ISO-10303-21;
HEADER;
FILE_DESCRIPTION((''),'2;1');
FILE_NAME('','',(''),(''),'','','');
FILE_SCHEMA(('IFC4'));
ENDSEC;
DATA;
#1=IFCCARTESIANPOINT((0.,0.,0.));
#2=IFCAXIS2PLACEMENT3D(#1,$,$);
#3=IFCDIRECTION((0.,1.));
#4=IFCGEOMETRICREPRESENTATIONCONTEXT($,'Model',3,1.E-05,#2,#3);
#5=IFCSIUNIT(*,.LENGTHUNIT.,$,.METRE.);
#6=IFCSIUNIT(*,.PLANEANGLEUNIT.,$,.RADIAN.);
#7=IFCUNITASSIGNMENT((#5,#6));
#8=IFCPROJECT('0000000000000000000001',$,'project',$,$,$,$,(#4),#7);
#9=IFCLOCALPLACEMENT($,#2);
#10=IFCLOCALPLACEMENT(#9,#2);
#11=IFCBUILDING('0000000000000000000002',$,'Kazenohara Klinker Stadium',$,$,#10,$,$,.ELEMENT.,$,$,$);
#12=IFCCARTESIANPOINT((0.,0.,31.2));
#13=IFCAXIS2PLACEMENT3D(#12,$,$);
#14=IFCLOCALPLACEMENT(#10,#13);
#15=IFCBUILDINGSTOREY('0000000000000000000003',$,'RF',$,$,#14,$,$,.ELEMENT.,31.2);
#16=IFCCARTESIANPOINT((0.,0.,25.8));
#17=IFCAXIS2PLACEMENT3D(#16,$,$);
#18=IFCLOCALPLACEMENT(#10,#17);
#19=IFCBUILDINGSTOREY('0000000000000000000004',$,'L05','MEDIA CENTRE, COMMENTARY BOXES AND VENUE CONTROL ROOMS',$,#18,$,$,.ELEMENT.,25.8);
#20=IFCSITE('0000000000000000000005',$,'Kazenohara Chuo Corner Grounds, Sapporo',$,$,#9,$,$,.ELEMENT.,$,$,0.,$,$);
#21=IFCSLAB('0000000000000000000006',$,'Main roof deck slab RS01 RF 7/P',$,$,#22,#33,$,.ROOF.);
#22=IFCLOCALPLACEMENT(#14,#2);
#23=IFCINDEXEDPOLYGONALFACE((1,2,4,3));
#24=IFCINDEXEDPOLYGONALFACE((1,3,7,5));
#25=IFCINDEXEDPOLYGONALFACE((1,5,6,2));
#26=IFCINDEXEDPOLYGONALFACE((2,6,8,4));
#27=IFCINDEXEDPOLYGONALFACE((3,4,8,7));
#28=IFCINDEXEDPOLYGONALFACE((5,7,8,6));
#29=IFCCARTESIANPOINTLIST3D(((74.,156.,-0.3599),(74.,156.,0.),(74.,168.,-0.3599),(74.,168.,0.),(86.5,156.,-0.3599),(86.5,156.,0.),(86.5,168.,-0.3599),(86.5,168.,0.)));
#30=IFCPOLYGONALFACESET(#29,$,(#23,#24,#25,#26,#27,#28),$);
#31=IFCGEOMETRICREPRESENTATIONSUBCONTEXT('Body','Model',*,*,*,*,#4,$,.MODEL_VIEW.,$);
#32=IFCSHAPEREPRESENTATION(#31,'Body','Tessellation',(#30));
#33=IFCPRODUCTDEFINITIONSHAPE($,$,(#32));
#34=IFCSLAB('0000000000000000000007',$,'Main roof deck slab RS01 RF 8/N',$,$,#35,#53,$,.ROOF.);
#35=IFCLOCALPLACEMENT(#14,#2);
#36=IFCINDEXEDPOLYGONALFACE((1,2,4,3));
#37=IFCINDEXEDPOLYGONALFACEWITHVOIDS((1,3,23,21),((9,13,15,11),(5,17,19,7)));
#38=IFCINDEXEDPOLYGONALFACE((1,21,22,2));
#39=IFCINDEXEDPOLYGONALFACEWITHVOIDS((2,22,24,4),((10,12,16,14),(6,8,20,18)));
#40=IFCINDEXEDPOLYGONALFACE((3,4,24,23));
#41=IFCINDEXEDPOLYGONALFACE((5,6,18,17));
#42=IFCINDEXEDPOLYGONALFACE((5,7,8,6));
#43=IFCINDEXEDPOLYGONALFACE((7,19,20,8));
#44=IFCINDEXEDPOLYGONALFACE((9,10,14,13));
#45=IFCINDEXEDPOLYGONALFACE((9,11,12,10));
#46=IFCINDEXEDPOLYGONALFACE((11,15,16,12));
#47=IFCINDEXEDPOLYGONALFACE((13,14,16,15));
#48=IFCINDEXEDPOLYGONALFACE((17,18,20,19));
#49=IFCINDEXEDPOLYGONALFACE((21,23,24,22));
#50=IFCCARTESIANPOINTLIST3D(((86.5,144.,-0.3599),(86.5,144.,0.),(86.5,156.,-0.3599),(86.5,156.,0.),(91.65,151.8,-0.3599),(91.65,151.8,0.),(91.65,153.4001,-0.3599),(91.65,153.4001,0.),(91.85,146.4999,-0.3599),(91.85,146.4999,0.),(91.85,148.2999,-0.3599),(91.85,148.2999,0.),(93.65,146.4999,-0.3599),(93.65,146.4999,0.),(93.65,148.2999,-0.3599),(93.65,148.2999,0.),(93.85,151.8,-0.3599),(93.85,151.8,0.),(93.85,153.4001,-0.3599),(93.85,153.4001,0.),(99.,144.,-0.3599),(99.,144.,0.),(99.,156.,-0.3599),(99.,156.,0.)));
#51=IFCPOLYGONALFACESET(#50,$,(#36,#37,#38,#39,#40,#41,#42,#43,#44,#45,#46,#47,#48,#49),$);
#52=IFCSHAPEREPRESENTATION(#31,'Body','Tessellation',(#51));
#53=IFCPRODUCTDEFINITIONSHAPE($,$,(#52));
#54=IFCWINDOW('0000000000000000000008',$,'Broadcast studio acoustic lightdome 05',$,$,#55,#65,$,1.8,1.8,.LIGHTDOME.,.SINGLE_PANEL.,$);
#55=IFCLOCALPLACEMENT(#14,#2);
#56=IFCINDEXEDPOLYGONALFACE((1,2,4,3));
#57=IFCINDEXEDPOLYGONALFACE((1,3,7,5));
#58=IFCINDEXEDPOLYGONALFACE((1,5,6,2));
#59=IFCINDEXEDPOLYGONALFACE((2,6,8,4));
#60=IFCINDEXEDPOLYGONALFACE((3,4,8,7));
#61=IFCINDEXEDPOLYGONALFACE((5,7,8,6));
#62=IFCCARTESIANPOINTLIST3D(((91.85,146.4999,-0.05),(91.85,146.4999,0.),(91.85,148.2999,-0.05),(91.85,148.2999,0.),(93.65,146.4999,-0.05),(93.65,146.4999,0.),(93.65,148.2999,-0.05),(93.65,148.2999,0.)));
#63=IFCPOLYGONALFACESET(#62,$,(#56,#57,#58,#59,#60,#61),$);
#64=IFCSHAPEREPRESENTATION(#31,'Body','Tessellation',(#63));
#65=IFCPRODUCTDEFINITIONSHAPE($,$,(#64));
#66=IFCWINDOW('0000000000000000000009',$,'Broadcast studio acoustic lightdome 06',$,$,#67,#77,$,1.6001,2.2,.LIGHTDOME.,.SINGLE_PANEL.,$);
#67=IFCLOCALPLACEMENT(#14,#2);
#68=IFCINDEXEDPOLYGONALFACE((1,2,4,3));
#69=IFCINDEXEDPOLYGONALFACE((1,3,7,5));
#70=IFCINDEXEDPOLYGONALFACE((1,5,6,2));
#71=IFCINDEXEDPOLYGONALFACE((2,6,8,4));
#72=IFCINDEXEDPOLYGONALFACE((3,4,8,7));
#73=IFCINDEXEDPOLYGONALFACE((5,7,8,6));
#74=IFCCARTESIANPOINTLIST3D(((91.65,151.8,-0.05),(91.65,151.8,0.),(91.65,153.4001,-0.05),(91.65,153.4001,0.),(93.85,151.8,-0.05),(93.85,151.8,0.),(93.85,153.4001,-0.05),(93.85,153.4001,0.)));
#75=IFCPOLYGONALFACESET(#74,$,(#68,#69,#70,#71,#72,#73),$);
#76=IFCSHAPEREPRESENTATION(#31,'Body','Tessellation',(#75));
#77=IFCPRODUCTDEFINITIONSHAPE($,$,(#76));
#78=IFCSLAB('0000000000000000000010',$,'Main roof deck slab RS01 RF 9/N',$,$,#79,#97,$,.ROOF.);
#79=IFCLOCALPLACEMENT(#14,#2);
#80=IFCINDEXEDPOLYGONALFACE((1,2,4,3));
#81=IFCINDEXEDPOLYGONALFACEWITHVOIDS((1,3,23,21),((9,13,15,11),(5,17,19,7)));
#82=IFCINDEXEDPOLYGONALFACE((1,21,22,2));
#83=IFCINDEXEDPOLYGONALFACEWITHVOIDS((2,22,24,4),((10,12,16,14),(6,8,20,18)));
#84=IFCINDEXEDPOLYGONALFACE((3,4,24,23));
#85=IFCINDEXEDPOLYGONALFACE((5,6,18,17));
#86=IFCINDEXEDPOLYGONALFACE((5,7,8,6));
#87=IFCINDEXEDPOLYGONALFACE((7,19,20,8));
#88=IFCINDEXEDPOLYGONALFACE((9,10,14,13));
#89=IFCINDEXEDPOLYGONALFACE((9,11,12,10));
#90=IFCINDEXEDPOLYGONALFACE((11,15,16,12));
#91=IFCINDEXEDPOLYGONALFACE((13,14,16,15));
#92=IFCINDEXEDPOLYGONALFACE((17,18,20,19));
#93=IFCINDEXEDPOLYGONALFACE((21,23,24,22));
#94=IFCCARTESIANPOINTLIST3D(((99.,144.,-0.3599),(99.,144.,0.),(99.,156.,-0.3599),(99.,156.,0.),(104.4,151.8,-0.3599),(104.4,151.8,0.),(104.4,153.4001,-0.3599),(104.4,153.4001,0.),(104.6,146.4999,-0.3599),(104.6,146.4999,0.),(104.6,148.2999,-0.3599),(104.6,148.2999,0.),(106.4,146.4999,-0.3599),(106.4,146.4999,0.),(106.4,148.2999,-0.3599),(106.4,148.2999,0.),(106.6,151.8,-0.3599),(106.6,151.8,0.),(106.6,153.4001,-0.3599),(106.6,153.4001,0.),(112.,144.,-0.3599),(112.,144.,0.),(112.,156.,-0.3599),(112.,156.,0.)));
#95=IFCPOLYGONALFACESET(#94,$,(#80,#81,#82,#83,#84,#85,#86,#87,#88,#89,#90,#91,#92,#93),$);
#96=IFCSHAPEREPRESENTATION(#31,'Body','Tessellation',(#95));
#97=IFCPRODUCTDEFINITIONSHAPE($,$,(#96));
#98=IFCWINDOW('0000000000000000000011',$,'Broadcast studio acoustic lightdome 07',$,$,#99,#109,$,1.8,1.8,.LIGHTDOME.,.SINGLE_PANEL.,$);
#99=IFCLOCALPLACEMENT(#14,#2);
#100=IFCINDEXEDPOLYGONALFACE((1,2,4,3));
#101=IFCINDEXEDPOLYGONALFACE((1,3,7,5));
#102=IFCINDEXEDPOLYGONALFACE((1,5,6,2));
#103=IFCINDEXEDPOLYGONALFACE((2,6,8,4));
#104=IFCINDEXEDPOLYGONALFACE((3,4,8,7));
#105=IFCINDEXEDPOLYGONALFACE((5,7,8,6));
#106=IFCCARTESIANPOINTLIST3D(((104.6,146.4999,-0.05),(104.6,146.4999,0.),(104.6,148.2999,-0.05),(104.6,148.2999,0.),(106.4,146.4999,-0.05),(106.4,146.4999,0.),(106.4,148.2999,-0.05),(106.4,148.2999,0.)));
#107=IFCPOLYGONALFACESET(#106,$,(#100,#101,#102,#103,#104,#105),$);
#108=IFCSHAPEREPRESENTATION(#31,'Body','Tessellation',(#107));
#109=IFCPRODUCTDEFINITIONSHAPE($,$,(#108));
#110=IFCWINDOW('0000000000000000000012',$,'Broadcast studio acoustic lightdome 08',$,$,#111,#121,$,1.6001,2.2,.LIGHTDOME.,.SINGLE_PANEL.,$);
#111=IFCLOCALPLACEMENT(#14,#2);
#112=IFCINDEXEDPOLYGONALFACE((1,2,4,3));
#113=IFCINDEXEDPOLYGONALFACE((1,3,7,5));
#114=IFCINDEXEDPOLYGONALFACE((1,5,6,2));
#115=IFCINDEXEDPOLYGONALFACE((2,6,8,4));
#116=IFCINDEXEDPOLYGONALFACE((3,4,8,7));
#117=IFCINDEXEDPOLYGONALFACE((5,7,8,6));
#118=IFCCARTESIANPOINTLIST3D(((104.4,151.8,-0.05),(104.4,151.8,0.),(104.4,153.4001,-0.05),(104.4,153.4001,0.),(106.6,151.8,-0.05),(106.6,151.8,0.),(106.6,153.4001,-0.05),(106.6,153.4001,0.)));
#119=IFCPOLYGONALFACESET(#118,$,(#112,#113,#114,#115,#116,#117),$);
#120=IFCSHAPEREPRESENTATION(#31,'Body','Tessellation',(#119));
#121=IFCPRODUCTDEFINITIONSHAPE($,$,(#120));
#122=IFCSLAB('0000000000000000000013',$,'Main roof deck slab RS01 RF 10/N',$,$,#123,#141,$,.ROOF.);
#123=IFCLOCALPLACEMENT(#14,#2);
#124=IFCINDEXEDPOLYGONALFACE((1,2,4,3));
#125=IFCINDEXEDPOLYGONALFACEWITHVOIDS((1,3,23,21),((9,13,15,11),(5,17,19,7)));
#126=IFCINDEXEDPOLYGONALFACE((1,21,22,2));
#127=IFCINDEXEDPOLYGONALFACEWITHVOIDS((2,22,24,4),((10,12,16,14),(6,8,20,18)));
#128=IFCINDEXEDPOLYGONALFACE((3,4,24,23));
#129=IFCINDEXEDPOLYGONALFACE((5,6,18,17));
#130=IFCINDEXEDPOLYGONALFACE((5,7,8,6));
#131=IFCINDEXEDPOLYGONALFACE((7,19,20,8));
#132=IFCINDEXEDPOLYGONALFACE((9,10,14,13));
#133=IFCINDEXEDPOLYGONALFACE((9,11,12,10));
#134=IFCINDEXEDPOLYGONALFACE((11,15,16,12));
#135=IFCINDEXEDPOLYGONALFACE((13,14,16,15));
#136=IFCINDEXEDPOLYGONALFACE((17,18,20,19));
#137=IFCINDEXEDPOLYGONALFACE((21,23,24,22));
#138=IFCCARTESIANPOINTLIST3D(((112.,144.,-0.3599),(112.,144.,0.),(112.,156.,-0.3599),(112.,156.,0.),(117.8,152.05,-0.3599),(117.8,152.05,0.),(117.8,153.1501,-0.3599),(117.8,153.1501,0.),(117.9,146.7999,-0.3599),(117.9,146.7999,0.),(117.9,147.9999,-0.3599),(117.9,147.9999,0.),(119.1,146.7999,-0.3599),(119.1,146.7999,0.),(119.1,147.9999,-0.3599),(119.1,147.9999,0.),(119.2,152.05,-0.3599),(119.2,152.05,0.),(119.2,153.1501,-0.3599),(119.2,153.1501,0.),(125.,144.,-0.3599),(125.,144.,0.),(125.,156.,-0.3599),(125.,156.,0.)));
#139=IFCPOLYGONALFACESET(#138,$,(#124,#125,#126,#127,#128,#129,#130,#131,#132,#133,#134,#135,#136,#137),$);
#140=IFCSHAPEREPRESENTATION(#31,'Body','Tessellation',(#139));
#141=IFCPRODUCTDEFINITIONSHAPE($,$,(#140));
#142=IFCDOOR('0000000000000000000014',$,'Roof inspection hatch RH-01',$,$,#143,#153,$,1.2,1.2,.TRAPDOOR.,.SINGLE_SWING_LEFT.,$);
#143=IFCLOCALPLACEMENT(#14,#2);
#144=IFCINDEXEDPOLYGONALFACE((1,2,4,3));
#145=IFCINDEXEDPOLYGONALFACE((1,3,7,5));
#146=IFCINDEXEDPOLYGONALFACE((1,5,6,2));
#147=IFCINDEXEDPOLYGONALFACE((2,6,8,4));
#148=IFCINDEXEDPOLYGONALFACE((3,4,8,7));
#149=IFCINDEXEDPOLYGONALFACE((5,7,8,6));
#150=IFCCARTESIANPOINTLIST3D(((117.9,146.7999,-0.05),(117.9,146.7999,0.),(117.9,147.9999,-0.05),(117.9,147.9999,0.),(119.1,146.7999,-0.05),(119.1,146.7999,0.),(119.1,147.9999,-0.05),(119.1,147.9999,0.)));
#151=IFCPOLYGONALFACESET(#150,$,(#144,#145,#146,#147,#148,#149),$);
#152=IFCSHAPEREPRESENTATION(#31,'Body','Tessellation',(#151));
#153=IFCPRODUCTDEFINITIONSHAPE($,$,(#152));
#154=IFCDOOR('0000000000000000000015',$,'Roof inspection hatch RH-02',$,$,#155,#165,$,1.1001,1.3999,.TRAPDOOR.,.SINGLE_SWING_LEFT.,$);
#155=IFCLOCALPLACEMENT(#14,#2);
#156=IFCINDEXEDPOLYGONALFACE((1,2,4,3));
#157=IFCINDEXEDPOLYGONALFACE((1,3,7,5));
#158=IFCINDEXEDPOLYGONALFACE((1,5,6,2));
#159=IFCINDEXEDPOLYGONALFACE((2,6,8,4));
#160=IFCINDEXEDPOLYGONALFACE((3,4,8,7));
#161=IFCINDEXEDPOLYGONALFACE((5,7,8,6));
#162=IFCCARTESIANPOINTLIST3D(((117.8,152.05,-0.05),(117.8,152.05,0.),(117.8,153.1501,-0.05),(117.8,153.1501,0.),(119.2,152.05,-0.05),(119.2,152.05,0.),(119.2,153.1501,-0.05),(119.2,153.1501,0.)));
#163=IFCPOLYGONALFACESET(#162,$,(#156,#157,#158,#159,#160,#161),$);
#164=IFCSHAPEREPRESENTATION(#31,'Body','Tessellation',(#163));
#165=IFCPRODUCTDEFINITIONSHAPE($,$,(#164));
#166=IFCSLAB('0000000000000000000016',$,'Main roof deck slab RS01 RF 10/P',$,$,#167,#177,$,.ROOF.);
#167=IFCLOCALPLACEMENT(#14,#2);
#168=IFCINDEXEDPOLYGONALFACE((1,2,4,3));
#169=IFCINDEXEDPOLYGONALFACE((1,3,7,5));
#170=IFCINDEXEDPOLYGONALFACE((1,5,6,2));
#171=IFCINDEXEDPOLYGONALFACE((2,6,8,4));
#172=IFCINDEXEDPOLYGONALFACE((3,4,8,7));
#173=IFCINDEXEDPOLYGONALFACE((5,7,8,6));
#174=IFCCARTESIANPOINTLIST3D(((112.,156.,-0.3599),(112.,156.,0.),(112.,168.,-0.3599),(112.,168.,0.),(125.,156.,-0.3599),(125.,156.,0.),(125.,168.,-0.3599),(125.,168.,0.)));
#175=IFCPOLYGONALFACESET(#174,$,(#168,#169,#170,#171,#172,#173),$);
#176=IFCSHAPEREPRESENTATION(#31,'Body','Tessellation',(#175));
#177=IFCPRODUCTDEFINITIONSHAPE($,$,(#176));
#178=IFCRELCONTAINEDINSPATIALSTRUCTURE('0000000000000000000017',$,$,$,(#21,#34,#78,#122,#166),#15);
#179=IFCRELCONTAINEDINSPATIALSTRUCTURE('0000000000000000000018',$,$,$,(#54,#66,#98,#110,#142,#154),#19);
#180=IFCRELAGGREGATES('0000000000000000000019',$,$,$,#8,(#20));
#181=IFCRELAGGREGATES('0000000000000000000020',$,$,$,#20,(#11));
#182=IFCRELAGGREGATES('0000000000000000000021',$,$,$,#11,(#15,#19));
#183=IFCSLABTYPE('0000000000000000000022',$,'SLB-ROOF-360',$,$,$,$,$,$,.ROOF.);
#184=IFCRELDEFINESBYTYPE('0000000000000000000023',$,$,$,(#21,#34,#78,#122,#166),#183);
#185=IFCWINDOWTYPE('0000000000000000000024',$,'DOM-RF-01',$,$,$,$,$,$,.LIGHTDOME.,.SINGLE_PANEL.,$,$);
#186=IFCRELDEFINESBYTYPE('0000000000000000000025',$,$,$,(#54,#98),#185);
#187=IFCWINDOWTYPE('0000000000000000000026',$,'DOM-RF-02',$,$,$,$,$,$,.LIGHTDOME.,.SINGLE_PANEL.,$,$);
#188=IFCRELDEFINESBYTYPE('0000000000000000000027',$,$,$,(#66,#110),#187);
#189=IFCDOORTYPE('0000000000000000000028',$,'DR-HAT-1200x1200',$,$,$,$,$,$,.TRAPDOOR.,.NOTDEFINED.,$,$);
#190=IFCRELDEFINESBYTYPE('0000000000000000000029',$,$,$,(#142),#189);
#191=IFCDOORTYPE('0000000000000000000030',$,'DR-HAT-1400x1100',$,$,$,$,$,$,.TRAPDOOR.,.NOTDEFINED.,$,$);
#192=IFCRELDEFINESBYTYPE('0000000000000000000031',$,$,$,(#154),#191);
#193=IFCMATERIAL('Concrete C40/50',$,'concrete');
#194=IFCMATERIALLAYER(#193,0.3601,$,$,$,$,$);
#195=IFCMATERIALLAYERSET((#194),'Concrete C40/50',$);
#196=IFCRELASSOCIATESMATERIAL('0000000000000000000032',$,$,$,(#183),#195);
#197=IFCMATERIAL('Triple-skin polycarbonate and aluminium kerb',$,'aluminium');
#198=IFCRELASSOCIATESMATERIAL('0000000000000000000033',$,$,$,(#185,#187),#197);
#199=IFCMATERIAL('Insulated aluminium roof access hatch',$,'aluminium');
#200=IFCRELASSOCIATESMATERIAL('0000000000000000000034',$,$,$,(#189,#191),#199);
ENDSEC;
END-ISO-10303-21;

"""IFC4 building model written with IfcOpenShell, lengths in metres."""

from ifc_helpers import new_model, si_unit, direction, frame, origin, origin_2d, place, context, subcontext, project, spatial, polyline, rectangle, outline, extrude, material, layer, layer_set, type_object, element, fill, save


model = new_model("IFC4")

# Units and contexts
model_context = context("Model", 3, precision=1e-05, world=origin(), true_north=direction((0.0, 1.0)))
body_context = subcontext(model_context, "Body", "Model", "MODEL_VIEW")
ifc_project = project(units=[si_unit("LENGTHUNIT", "METRE"), si_unit("PLANEANGLEUNIT", "RADIAN")], contexts=[model_context])

# Site, building, storey
site_placement = place(None, origin())
site = spatial("IfcSite", under=ifc_project, at=site_placement, Name="Kazenohara Chuo Corner Grounds, Sapporo", CompositionType="ELEMENT", RefElevation=0.0)
building_placement = place(site_placement, origin())
building = spatial("IfcBuilding", under=site, at=building_placement, Name="Kazenohara Klinker Stadium", CompositionType="ELEMENT")
storey_1_placement = place(building_placement, frame((0.0, 0.0, 31.2)))
storey_1 = spatial("IfcBuildingStorey", under=building, at=storey_1_placement, Name="RF", CompositionType="ELEMENT", Elevation=31.2)

# Slab
ifc_material_1 = material(Name="Concrete C40/50", Category="concrete")
ifc_layer = layer(ifc_material_1, 0.3601)
ifc_layer_set = layer_set([ifc_layer], Name="Concrete C40/50")
slab_type = type_object("IfcSlabType", Name="SLB-ROOF-360", PredefinedType="ROOF", material=ifc_layer_set)
slab_1_placement = place(storey_1_placement, frame((0.0, 0.0, -0.3599)))
element("IfcSlab", 1, at=slab_1_placement, inside=storey_1, type_object=slab_type, Name="Main roof deck slab RS01 RF 7/P", PredefinedType="ROOF", context=body_context, shape_type="SweptSolid", body=[
    extrude(outline(polyline([(74.0, 156.0), (86.5, 156.0), (86.5, 168.0), (74.0, 168.0), (74.0, 156.0)])), origin(), (0.0, 0.0, 1.0), 0.3599),
])

# Slab, openings
slab_2_placement = place(storey_1_placement, frame((0.0, 0.0, -0.3599)))
slab_2 = element("IfcSlab", 2, at=slab_2_placement, inside=storey_1, type_object=slab_type, Name="Main roof deck slab RS01 RF 8/N", PredefinedType="ROOF", context=body_context, shape_type="SweptSolid", body=[
    extrude(outline(polyline([(86.5, 144.0), (99.0, 144.0), (99.0, 156.0), (86.5, 156.0), (86.5, 144.0)])), origin(), (0.0, 0.0, 1.0), 0.3599),
])
opening_1_placement = place(slab_2_placement, frame((92.75, 147.3999, 0.0)))
opening_1 = element("IfcOpeningElement", 3, at=opening_1_placement, cuts=slab_2, PredefinedType="OPENING", context=body_context, shape_type="SweptSolid", body=[
    extrude(rectangle(XDim=1.8, YDim=1.8, at=origin_2d()), origin(), (0.0, 0.0, 1.0), 0.3599),
])
opening_2_placement = place(slab_2_placement, frame((92.75, 152.6001, 0.0)))
opening_2 = element("IfcOpeningElement", 4, at=opening_2_placement, cuts=slab_2, PredefinedType="OPENING", context=body_context, shape_type="SweptSolid", body=[
    extrude(rectangle(XDim=2.2, YDim=1.6001, at=origin_2d()), origin(), (0.0, 0.0, 1.0), 0.3599),
])

# Shared definitions
storey_2_placement = place(building_placement, frame((0.0, 0.0, 25.8)))
storey_2 = spatial("IfcBuildingStorey", under=building, at=storey_2_placement, Name="L05", Description="MEDIA CENTRE, COMMENTARY BOXES AND VENUE CONTROL ROOMS", CompositionType="ELEMENT", Elevation=25.8)

# Windows
ifc_material_2 = material(Name="Triple-skin polycarbonate and aluminium kerb", Category="aluminium")
window_type_1 = type_object("IfcWindowType", Name="DOM-RF-01", PartitioningType="SINGLE_PANEL", PredefinedType="LIGHTDOME", material=ifc_material_2)
window_1_placement = place(opening_1_placement, frame((0.0, 0.0, 0.3098)))
window_1 = element("IfcWindow", 5, at=window_1_placement, inside=storey_2, type_object=window_type_1, Name="Broadcast studio acoustic lightdome 05", OverallHeight=1.8, OverallWidth=1.8, PartitioningType="SINGLE_PANEL", PredefinedType="LIGHTDOME", context=body_context, shape_type="SweptSolid", body=[
    extrude(rectangle(XDim=1.8, YDim=1.8, at=origin_2d()), origin(), (0.0, 0.0, 1.0), 0.05),
])
fill(opening_1, window_1)
window_type_2 = type_object("IfcWindowType", Name="DOM-RF-02", PartitioningType="SINGLE_PANEL", PredefinedType="LIGHTDOME", material=ifc_material_2)
window_2_placement = place(opening_2_placement, frame((0.0, 0.0, 0.3098)))
window_2 = element("IfcWindow", 6, at=window_2_placement, inside=storey_2, type_object=window_type_2, Name="Broadcast studio acoustic lightdome 06", OverallHeight=1.6001, OverallWidth=2.2, PartitioningType="SINGLE_PANEL", PredefinedType="LIGHTDOME", context=body_context, shape_type="SweptSolid", body=[
    extrude(rectangle(XDim=2.2, YDim=1.6001, at=origin_2d()), origin(), (0.0, 0.0, 1.0), 0.05),
])
fill(opening_2, window_2)

# Slab, openings, windows
slab_3_placement = place(storey_1_placement, frame((0.0, 0.0, -0.3599)))
slab_3 = element("IfcSlab", 7, at=slab_3_placement, inside=storey_1, type_object=slab_type, Name="Main roof deck slab RS01 RF 9/N", PredefinedType="ROOF", context=body_context, shape_type="SweptSolid", body=[
    extrude(outline(polyline([(99.0, 144.0), (112.0, 144.0), (112.0, 156.0), (99.0, 156.0), (99.0, 144.0)])), origin(), (0.0, 0.0, 1.0), 0.3599),
])
opening_3_placement = place(slab_3_placement, frame((105.5, 147.3999, 0.0)))
opening_3 = element("IfcOpeningElement", 8, at=opening_3_placement, cuts=slab_3, PredefinedType="OPENING", context=body_context, shape_type="SweptSolid", body=[
    extrude(rectangle(XDim=1.8, YDim=1.8, at=origin_2d()), origin(), (0.0, 0.0, 1.0), 0.3599),
])
opening_4_placement = place(slab_3_placement, frame((105.5, 152.6001, 0.0)))
opening_4 = element("IfcOpeningElement", 9, at=opening_4_placement, cuts=slab_3, PredefinedType="OPENING", context=body_context, shape_type="SweptSolid", body=[
    extrude(rectangle(XDim=2.2, YDim=1.6001, at=origin_2d()), origin(), (0.0, 0.0, 1.0), 0.3599),
])
window_3_placement = place(opening_3_placement, frame((0.0, 0.0, 0.3098)))
window_3 = element("IfcWindow", 10, at=window_3_placement, inside=storey_2, type_object=window_type_1, Name="Broadcast studio acoustic lightdome 07", OverallHeight=1.8, OverallWidth=1.8, PartitioningType="SINGLE_PANEL", PredefinedType="LIGHTDOME", context=body_context, shape_type="SweptSolid", body=[
    extrude(rectangle(XDim=1.8, YDim=1.8, at=origin_2d()), origin(), (0.0, 0.0, 1.0), 0.05),
])
fill(opening_3, window_3)
window_4_placement = place(opening_4_placement, frame((0.0, 0.0, 0.3098)))
window_4 = element("IfcWindow", 11, at=window_4_placement, inside=storey_2, type_object=window_type_2, Name="Broadcast studio acoustic lightdome 08", OverallHeight=1.6001, OverallWidth=2.2, PartitioningType="SINGLE_PANEL", PredefinedType="LIGHTDOME", context=body_context, shape_type="SweptSolid", body=[
    extrude(rectangle(XDim=2.2, YDim=1.6001, at=origin_2d()), origin(), (0.0, 0.0, 1.0), 0.05),
])
fill(opening_4, window_4)

# Slab, openings, doors
slab_4_placement = place(storey_1_placement, frame((0.0, 0.0, -0.3599)))
slab_4 = element("IfcSlab", 12, at=slab_4_placement, inside=storey_1, type_object=slab_type, Name="Main roof deck slab RS01 RF 10/N", PredefinedType="ROOF", context=body_context, shape_type="SweptSolid", body=[
    extrude(outline(polyline([(112.0, 144.0), (125.0, 144.0), (125.0, 156.0), (112.0, 156.0), (112.0, 144.0)])), origin(), (0.0, 0.0, 1.0), 0.3599),
])
opening_5_placement = place(slab_4_placement, frame((118.5, 147.3999, 0.0)))
opening_5 = element("IfcOpeningElement", 13, at=opening_5_placement, cuts=slab_4, PredefinedType="OPENING", context=body_context, shape_type="SweptSolid", body=[
    extrude(rectangle(XDim=1.2, YDim=1.2, at=origin_2d()), origin(), (0.0, 0.0, 1.0), 0.3599),
])
opening_6_placement = place(slab_4_placement, frame((118.5, 152.6001, 0.0)))
opening_6 = element("IfcOpeningElement", 14, at=opening_6_placement, cuts=slab_4, PredefinedType="OPENING", context=body_context, shape_type="SweptSolid", body=[
    extrude(rectangle(XDim=1.3999, YDim=1.1001, at=origin_2d()), origin(), (0.0, 0.0, 1.0), 0.3599),
])
ifc_material_3 = material(Name="Insulated aluminium roof access hatch", Category="aluminium")
door_type_1 = type_object("IfcDoorType", Name="DR-HAT-1200x1200", OperationType="NOTDEFINED", PredefinedType="TRAPDOOR", material=ifc_material_3)
door_1_placement = place(opening_5_placement, frame((0.0, 0.0, 0.3098)))
door_1 = element("IfcDoor", 15, at=door_1_placement, inside=storey_2, type_object=door_type_1, Name="Roof inspection hatch RH-01", OperationType="SINGLE_SWING_LEFT", OverallHeight=1.2, OverallWidth=1.2, PredefinedType="TRAPDOOR", context=body_context, shape_type="SweptSolid", body=[
    extrude(rectangle(XDim=1.2, YDim=1.2, at=origin_2d()), origin(), (0.0, 0.0, 1.0), 0.05),
])
fill(opening_5, door_1)
door_type_2 = type_object("IfcDoorType", Name="DR-HAT-1400x1100", OperationType="NOTDEFINED", PredefinedType="TRAPDOOR", material=ifc_material_3)
door_2_placement = place(opening_6_placement, frame((0.0, 0.0, 0.3098)))
door_2 = element("IfcDoor", 16, at=door_2_placement, inside=storey_2, type_object=door_type_2, Name="Roof inspection hatch RH-02", OperationType="SINGLE_SWING_LEFT", OverallHeight=1.1001, OverallWidth=1.3999, PredefinedType="TRAPDOOR", context=body_context, shape_type="SweptSolid", body=[
    extrude(rectangle(XDim=1.3999, YDim=1.1001, at=origin_2d()), origin(), (0.0, 0.0, 1.0), 0.05),
])
fill(opening_6, door_2)

# Slab
slab_5_placement = place(storey_1_placement, frame((0.0, 0.0, -0.3599)))
element("IfcSlab", 17, at=slab_5_placement, inside=storey_1, type_object=slab_type, Name="Main roof deck slab RS01 RF 10/P", PredefinedType="ROOF", context=body_context, shape_type="SweptSolid", body=[
    extrude(outline(polyline([(112.0, 156.0), (125.0, 156.0), (125.0, 168.0), (112.0, 168.0), (112.0, 156.0)])), origin(), (0.0, 0.0, 1.0), 0.3599),
])

save(model, "model.ifc")
